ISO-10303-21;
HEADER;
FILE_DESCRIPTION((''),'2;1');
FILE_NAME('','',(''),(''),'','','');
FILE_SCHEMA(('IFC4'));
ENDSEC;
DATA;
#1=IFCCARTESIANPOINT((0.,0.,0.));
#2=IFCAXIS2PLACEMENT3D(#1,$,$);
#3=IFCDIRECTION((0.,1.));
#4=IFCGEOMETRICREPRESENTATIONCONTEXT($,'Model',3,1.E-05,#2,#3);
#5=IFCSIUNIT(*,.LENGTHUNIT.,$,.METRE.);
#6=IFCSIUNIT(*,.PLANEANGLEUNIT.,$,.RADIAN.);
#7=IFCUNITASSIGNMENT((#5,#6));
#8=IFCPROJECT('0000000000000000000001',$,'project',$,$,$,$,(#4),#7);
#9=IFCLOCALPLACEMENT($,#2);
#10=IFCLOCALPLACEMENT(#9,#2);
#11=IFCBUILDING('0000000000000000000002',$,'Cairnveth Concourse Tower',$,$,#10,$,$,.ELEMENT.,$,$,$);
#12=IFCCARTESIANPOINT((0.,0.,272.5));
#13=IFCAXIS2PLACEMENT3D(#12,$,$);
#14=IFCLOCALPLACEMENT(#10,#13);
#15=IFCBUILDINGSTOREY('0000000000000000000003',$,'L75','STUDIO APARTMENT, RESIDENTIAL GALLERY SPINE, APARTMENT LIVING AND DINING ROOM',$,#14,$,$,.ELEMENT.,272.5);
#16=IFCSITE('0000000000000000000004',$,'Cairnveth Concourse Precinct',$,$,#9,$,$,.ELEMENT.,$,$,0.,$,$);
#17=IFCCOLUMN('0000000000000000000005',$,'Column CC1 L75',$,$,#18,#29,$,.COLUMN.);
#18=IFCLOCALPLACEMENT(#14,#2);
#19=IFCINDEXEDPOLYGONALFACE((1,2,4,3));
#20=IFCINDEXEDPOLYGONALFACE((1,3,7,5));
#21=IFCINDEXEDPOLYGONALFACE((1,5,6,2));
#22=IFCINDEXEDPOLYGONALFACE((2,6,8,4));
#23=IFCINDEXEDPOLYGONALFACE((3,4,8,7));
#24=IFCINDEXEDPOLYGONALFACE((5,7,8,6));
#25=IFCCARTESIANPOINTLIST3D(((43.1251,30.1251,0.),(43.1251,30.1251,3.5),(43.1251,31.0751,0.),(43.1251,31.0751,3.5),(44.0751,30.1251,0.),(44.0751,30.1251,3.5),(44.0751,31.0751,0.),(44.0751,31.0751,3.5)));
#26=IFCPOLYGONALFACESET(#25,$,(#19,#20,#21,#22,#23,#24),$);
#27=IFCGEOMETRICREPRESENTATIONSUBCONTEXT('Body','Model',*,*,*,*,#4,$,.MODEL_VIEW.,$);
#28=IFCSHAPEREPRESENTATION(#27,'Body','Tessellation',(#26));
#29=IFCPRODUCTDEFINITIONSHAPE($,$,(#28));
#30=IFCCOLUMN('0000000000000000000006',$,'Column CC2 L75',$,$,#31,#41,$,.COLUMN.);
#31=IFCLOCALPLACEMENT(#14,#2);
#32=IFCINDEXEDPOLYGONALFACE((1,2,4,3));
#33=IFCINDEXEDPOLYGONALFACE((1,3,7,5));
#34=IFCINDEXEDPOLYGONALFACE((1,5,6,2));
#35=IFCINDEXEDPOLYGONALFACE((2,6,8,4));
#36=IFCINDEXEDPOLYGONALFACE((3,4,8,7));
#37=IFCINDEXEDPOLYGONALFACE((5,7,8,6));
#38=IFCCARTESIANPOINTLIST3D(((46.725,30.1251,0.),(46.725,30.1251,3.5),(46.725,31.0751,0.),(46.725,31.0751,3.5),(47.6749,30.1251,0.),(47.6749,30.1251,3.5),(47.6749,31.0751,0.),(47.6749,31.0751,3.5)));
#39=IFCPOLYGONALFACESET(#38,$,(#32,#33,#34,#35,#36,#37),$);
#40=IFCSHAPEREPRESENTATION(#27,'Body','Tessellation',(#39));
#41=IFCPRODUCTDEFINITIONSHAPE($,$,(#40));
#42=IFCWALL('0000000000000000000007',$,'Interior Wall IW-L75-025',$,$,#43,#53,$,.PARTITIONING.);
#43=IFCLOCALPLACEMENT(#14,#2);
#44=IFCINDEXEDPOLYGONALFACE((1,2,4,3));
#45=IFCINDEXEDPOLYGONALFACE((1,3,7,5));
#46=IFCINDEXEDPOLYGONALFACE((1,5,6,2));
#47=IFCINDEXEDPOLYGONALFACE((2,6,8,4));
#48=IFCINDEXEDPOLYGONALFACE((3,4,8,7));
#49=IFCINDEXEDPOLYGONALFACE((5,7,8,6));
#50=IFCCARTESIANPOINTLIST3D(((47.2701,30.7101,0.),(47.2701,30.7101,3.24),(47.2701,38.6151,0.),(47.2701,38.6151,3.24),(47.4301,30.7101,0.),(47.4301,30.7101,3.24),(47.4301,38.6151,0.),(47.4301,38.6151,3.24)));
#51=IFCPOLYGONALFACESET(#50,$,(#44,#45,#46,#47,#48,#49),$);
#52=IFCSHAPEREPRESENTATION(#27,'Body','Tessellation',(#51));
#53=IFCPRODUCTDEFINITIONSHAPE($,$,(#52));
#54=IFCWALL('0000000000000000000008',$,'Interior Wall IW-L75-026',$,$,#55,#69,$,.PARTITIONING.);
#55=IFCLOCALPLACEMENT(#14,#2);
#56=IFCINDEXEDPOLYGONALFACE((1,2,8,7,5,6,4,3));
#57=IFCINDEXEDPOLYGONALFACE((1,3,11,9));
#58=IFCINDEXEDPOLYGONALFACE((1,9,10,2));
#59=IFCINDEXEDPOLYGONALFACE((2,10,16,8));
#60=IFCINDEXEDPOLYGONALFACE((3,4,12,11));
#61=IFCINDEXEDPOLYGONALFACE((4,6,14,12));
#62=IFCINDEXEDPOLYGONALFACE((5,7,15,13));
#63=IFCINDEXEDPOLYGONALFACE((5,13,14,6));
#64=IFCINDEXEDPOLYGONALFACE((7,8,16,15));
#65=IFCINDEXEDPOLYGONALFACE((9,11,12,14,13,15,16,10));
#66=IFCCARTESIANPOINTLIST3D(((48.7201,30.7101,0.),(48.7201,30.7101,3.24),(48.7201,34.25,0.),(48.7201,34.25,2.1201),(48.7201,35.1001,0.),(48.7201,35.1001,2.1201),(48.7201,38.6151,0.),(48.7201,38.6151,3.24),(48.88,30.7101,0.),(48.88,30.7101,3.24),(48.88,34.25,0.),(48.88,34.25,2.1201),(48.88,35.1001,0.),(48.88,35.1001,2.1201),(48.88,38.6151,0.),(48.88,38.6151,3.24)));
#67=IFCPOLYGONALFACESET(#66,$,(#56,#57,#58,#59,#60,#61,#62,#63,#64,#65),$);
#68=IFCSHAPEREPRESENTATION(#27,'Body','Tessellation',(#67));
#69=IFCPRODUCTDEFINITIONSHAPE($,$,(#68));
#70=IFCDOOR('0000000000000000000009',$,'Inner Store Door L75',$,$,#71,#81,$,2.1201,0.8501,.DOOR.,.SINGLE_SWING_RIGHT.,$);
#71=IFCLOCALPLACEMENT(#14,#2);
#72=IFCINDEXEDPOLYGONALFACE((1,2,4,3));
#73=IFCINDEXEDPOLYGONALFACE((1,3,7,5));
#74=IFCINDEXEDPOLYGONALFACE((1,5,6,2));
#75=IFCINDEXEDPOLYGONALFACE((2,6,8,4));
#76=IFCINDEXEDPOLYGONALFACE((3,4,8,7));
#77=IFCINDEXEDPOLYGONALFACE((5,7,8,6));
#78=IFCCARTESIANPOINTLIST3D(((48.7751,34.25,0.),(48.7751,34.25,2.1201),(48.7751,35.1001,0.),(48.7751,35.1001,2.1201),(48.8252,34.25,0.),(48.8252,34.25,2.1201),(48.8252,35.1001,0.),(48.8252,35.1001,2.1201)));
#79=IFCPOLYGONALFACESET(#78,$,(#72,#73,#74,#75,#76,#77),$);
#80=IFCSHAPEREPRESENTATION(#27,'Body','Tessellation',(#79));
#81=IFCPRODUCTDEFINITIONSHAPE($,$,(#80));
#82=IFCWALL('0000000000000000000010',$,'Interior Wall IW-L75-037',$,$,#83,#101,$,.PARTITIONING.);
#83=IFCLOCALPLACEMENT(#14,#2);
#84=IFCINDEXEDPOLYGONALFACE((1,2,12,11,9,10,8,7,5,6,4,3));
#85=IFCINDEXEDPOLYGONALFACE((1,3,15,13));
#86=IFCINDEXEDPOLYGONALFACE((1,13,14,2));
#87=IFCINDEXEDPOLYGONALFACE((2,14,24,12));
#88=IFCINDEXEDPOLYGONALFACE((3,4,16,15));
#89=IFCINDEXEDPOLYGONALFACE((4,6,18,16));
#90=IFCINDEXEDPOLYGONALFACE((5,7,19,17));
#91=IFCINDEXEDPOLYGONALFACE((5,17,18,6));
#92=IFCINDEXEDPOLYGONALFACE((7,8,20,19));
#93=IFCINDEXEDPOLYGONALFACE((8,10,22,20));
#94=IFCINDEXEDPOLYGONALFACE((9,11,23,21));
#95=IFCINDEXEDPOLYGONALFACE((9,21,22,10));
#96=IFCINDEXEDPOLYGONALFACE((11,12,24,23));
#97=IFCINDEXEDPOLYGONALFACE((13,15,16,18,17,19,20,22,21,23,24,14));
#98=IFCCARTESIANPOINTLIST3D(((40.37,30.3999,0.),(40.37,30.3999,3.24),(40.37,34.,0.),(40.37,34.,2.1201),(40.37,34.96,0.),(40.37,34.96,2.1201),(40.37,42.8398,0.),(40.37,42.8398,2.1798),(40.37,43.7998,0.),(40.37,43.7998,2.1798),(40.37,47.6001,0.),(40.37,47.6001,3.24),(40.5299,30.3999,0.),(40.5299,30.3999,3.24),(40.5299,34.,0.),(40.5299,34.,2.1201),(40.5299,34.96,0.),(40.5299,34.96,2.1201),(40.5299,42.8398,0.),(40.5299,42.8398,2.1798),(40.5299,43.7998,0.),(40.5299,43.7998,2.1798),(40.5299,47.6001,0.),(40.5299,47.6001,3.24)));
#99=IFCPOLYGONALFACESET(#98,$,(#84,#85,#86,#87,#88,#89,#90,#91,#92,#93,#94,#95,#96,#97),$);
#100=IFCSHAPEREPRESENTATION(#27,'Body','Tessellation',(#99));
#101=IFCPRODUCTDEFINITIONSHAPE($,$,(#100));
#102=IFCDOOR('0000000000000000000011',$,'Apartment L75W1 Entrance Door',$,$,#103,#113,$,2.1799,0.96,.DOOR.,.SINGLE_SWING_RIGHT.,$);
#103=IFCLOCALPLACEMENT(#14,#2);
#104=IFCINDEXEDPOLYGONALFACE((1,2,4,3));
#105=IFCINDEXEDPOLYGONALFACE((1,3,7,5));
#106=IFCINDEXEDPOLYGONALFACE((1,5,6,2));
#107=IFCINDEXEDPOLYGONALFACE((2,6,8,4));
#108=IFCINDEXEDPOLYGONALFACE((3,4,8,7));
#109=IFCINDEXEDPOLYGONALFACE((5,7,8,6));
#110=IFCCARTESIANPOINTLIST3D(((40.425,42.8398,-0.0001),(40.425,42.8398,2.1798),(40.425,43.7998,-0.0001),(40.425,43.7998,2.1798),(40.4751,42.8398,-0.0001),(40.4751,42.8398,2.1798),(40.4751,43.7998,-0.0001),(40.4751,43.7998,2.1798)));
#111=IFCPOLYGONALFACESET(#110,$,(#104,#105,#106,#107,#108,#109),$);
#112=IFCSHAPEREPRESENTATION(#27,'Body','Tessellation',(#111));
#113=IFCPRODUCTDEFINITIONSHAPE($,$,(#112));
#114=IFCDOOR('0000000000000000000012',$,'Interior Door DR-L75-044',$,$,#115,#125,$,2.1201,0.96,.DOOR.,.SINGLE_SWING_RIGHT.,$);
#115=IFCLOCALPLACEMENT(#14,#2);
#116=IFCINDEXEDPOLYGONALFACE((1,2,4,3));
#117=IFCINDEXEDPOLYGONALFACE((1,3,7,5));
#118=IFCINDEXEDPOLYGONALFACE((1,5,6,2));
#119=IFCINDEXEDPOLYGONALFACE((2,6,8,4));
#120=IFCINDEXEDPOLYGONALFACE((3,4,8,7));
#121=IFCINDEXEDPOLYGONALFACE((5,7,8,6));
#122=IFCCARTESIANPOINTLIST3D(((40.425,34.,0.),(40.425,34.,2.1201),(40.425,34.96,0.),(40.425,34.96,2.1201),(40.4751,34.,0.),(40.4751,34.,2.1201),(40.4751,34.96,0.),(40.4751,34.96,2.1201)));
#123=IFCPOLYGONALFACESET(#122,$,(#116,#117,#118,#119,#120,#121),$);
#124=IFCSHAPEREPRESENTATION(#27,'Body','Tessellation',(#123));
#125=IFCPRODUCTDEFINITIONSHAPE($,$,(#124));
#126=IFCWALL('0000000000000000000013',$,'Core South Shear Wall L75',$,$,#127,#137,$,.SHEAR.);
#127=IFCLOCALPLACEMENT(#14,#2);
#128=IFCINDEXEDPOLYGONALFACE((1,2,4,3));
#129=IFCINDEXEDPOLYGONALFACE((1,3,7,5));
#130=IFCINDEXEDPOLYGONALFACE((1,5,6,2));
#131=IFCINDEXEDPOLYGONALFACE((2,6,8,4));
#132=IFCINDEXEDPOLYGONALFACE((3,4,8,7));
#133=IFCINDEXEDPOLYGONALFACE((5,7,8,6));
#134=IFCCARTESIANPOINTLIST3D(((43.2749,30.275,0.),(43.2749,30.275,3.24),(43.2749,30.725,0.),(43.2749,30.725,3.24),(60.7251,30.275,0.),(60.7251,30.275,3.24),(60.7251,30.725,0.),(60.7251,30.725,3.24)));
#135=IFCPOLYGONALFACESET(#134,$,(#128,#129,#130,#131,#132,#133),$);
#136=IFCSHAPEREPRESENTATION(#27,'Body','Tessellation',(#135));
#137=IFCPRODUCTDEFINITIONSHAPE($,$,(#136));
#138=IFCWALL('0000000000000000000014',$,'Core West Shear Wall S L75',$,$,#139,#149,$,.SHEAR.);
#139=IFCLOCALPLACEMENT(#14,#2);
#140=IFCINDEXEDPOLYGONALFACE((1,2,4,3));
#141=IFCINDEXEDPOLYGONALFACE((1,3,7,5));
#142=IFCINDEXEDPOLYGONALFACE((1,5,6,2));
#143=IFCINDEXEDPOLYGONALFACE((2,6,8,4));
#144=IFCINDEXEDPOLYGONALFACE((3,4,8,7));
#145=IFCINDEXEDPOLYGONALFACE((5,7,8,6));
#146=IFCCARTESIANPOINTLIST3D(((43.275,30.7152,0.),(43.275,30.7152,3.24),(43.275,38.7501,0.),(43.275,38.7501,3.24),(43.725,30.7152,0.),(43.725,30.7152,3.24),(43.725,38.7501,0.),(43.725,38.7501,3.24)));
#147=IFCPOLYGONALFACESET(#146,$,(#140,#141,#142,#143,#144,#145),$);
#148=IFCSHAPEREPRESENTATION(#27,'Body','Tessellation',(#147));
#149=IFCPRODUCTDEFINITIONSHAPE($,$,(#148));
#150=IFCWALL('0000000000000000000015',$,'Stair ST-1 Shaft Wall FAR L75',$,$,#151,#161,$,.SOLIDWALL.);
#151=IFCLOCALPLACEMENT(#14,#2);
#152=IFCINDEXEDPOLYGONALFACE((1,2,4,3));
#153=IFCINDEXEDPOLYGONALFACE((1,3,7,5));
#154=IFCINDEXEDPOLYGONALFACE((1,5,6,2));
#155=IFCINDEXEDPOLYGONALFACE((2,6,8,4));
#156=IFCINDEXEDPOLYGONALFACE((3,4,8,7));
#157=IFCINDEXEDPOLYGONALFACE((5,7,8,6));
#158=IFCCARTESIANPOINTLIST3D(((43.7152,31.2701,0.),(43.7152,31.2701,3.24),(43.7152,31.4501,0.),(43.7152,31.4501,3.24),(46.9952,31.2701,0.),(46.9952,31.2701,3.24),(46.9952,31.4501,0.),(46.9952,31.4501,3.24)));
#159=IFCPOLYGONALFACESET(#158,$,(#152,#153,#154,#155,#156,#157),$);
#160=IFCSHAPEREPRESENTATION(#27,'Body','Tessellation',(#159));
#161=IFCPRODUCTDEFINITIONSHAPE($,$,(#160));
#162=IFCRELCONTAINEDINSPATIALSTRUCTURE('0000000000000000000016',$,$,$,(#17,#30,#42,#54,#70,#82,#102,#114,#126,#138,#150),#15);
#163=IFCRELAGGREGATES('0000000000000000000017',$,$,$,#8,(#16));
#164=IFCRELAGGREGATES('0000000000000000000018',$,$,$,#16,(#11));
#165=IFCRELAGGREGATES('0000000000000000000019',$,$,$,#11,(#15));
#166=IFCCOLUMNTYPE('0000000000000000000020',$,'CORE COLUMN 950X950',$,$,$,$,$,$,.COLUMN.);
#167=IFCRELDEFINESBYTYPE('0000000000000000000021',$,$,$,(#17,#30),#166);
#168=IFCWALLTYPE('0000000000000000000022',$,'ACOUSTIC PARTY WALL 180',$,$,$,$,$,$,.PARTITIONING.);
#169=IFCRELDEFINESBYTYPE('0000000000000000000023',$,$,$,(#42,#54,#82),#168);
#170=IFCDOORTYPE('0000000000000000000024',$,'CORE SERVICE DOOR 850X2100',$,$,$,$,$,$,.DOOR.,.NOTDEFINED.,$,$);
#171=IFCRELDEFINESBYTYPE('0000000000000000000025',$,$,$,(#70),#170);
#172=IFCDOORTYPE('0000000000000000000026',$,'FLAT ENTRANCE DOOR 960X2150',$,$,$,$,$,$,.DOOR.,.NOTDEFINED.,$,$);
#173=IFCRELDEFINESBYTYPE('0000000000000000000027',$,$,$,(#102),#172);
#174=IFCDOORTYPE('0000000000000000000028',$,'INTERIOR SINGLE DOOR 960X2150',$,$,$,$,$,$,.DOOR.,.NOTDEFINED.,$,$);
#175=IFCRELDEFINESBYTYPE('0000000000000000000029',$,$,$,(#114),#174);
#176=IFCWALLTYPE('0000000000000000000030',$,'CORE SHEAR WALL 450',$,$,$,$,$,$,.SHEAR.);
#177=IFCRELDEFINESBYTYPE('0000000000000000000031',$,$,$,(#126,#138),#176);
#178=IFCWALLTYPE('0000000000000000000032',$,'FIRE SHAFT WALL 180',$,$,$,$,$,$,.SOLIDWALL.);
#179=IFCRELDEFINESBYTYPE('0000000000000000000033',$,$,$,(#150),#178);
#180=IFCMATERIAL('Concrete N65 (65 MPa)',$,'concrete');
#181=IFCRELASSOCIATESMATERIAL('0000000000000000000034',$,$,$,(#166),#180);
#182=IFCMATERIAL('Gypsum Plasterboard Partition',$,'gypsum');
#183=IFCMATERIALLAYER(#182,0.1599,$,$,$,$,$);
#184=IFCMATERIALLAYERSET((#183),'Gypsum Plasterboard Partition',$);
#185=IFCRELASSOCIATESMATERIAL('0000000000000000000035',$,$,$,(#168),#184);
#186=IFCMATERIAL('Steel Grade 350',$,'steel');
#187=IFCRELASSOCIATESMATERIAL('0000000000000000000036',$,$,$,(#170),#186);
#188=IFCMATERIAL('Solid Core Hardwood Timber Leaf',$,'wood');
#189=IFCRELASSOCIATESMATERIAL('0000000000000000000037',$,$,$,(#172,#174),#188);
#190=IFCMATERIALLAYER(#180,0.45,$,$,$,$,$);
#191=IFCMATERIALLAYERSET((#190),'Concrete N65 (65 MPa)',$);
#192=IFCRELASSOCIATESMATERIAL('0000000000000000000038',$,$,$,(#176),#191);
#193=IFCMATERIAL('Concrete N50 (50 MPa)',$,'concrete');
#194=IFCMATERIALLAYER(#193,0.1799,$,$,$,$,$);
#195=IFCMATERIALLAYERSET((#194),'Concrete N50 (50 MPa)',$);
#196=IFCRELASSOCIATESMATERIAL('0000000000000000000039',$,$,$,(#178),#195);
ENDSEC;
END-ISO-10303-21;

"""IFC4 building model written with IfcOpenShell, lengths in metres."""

from ifc_helpers import new_model, si_unit, direction, frame, frame_2d, origin, origin_2d, place, context, subcontext, project, spatial, rectangle, extrude, material, layer, layer_set, material_profile, profile_set, type_object, element, fill, save


model = new_model("IFC4")

# Units and contexts
model_context = context("Model", 3, precision=1e-05, world=origin(), true_north=direction((0.0, 1.0)))
body_context = subcontext(model_context, "Body", "Model", "MODEL_VIEW")
ifc_project = project(units=[si_unit("LENGTHUNIT", "METRE"), si_unit("PLANEANGLEUNIT", "RADIAN")], contexts=[model_context])

# Site, building, storey
site_placement = place(None, origin())
site = spatial("IfcSite", under=ifc_project, at=site_placement, Name="Cairnveth Concourse Precinct", CompositionType="ELEMENT", RefElevation=0.0)
building_placement = place(site_placement, origin())
building = spatial("IfcBuilding", under=site, at=building_placement, Name="Cairnveth Concourse Tower", CompositionType="ELEMENT")
storey_placement = place(building_placement, frame((0.0, 0.0, 272.5)))
storey = spatial("IfcBuildingStorey", under=building, at=storey_placement, Name="L75", Description="STUDIO APARTMENT, RESIDENTIAL GALLERY SPINE, APARTMENT LIVING AND DINING ROOM", CompositionType="ELEMENT", Elevation=272.5)

# Columns
ifc_material_1 = material(Name="Concrete N65 (65 MPa)", Category="concrete")
ifc_material_profile = material_profile(ifc_material_1, rectangle(XDim=0.95, YDim=0.95, at=origin_2d()), Name="RC-COL-950x950")
ifc_profile_set = profile_set([ifc_material_profile], Name="Concrete N65 (65 MPa)")
column_type = type_object("IfcColumnType", Name="CORE COLUMN 950X950", PredefinedType="COLUMN", material=ifc_profile_set)
for number, where, z_axis, x_axis, name in (
    (1, (43.6001, 30.6001, 0.0), (0.0, 0.0, 1.0), (1.0, 0.0, 0.0), "Column CC1 L75"),
    (2, (47.2, 30.6001, 0.0), (0.0, 0.0, 1.0), (1.0, 0.0, 0.0), "Column CC2 L75"),
):
    element("IfcColumn", number, at=place(storey_placement, frame(where, z_axis=z_axis, x_axis=x_axis)), inside=storey, type_object=column_type, Name=name, PredefinedType="COLUMN", context=body_context, shape_type="SweptSolid", body=[
        extrude(rectangle(XDim=0.95, YDim=0.95, at=origin_2d()), origin(), (0.0, 0.0, 1.0), 3.5),
    ])

# Wall
ifc_material_2 = material(Name="Gypsum Plasterboard Partition", Category="gypsum")
ifc_layer_1 = layer(ifc_material_2, 0.1599)
ifc_layer_set_1 = layer_set([ifc_layer_1], Name="Gypsum Plasterboard Partition")
wall_type_1 = type_object("IfcWallType", Name="ACOUSTIC PARTY WALL 180", PredefinedType="PARTITIONING", material=ifc_layer_set_1)
wall_1_placement = place(storey_placement, frame((47.3501, 30.71, 0.0), z_axis=(0.0, 0.0, 1.0), x_axis=(0.0, 1.0, 0.0)))
element("IfcWall", 3, at=wall_1_placement, inside=storey, type_object=wall_type_1, Name="Interior Wall IW-L75-025", PredefinedType="PARTITIONING", context=body_context, shape_type="SweptSolid", body=[
    extrude(rectangle(XDim=7.905, YDim=0.1599, at=frame_2d((3.9526, 0.0))), origin(), (0.0, 0.0, 1.0), 3.24),
])

# Wall, opening, door
wall_2_placement = place(storey_placement, frame((48.8, 30.71, 0.0), z_axis=(0.0, 0.0, 1.0), x_axis=(0.0, 1.0, 0.0)))
wall_2 = element("IfcWall", 4, at=wall_2_placement, inside=storey, type_object=wall_type_1, Name="Interior Wall IW-L75-026", PredefinedType="PARTITIONING", context=body_context, shape_type="SweptSolid", body=[
    extrude(rectangle(XDim=7.905, YDim=0.1599, at=frame_2d((3.9526, 0.0))), origin(), (0.0, 0.0, 1.0), 3.24),
])
opening_1_placement = place(wall_2_placement, frame((3.54, 0.0, 0.0)))
opening_1 = element("IfcOpeningElement", 5, at=opening_1_placement, cuts=wall_2, PredefinedType="OPENING", context=body_context, shape_type="SweptSolid", body=[
    extrude(rectangle(XDim=0.8501, YDim=2.1201, at=frame_2d((0.425, 1.0601))), frame((0.0, 0.0898, 0.0), z_axis=(0.0, -1.0, 0.0), x_axis=(1.0, 0.0, 0.0)), (0.0, 0.0, 1.0), 0.1799),
])
ifc_material_3 = material(Name="Steel Grade 350", Category="steel")
door_type_1 = type_object("IfcDoorType", Name="CORE SERVICE DOOR 850X2100", OperationType="NOTDEFINED", PredefinedType="DOOR", material=ifc_material_3)
door_1_placement = place(opening_1_placement, origin())
door_1 = element("IfcDoor", 6, at=door_1_placement, inside=storey, type_object=door_type_1, Name="Inner Store Door L75", OperationType="SINGLE_SWING_RIGHT", OverallHeight=2.1201, OverallWidth=0.8501, PredefinedType="DOOR", context=body_context, shape_type="SweptSolid", body=[
    extrude(rectangle(XDim=0.8501, YDim=2.1201, at=frame_2d((0.425, 1.0601))), frame((0.0, 0.0249, 0.0), z_axis=(0.0, -1.0, 0.0), x_axis=(1.0, 0.0, 0.0)), (0.0, 0.0, 1.0), 0.05),
])
fill(opening_1, door_1)

# Wall, openings, doors
wall_3_placement = place(storey_placement, frame((40.45, 30.3999, 0.0), z_axis=(0.0, 0.0, 1.0), x_axis=(0.0, 1.0, 0.0)))
wall_3 = element("IfcWall", 7, at=wall_3_placement, inside=storey, type_object=wall_type_1, Name="Interior Wall IW-L75-037", PredefinedType="PARTITIONING", context=body_context, shape_type="SweptSolid", body=[
    extrude(rectangle(XDim=17.2002, YDim=0.1599, at=frame_2d((8.6001, 0.0))), origin(), (0.0, 0.0, 1.0), 3.24),
])
opening_2_placement = place(wall_3_placement, frame((3.6001, 0.0, 0.0)))
opening_2 = element("IfcOpeningElement", 8, at=opening_2_placement, cuts=wall_3, PredefinedType="OPENING", context=body_context, shape_type="SweptSolid", body=[
    extrude(rectangle(XDim=0.96, YDim=2.1201, at=frame_2d((0.48, 1.0601))), frame((0.0, 0.0898, 0.0), z_axis=(0.0, -1.0, 0.0), x_axis=(1.0, 0.0, 0.0)), (0.0, 0.0, 1.0), 0.1799),
])
opening_3_placement = place(wall_3_placement, frame((12.4399, 0.0, 0.0)))
opening_3 = element("IfcOpeningElement", 9, at=opening_3_placement, cuts=wall_3, PredefinedType="OPENING", context=body_context, shape_type="SweptSolid", body=[
    extrude(rectangle(XDim=0.96, YDim=2.1799, at=frame_2d((0.48, 1.0898))), frame((0.0, 0.0898, 0.0), z_axis=(0.0, -1.0, 0.0), x_axis=(1.0, 0.0, 0.0)), (0.0, 0.0, 1.0), 0.1799),
])
ifc_material_4 = material(Name="Solid Core Hardwood Timber Leaf", Category="wood")
door_type_2 = type_object("IfcDoorType", Name="FLAT ENTRANCE DOOR 960X2150", OperationType="NOTDEFINED", PredefinedType="DOOR", material=ifc_material_4)
door_2_placement = place(opening_3_placement, origin())
door_2 = element("IfcDoor", 10, at=door_2_placement, inside=storey, type_object=door_type_2, Name="Apartment L75W1 Entrance Door", OperationType="SINGLE_SWING_RIGHT", OverallHeight=2.1799, OverallWidth=0.96, PredefinedType="DOOR", context=body_context, shape_type="SweptSolid", body=[
    extrude(rectangle(XDim=0.96, YDim=2.1799, at=frame_2d((0.48, 1.0898))), frame((0.0, 0.0249, 0.0), z_axis=(0.0, -1.0, 0.0), x_axis=(1.0, 0.0, 0.0)), (0.0, 0.0, 1.0), 0.05),
])
fill(opening_3, door_2)
door_type_3 = type_object("IfcDoorType", Name="INTERIOR SINGLE DOOR 960X2150", OperationType="NOTDEFINED", PredefinedType="DOOR", material=ifc_material_4)
door_3_placement = place(opening_2_placement, origin())
door_3 = element("IfcDoor", 11, at=door_3_placement, inside=storey, type_object=door_type_3, Name="Interior Door DR-L75-044", OperationType="SINGLE_SWING_RIGHT", OverallHeight=2.1201, OverallWidth=0.96, PredefinedType="DOOR", context=body_context, shape_type="SweptSolid", body=[
    extrude(rectangle(XDim=0.96, YDim=2.1201, at=frame_2d((0.48, 1.0601))), frame((0.0, 0.0249, 0.0), z_axis=(0.0, -1.0, 0.0), x_axis=(1.0, 0.0, 0.0)), (0.0, 0.0, 1.0), 0.05),
])
fill(opening_2, door_3)

# Walls
ifc_layer_2 = layer(ifc_material_1, 0.45)
ifc_layer_set_2 = layer_set([ifc_layer_2], Name="Concrete N65 (65 MPa)")
wall_type_2 = type_object("IfcWallType", Name="CORE SHEAR WALL 450", PredefinedType="SHEAR", material=ifc_layer_set_2)
wall_4_placement = place(storey_placement, frame((43.2749, 30.5, 0.0), z_axis=(0.0, 0.0, 1.0), x_axis=(1.0, 0.0, 0.0)))
element("IfcWall", 12, at=wall_4_placement, inside=storey, type_object=wall_type_2, Name="Core South Shear Wall L75", PredefinedType="SHEAR", context=body_context, shape_type="SweptSolid", body=[
    extrude(rectangle(XDim=17.4502, YDim=0.45, at=frame_2d((8.7251, 0.0))), origin(), (0.0, 0.0, 1.0), 3.24),
])
wall_5_placement = place(storey_placement, frame((43.5, 30.7151, 0.0), z_axis=(0.0, 0.0, 1.0), x_axis=(0.0, 1.0, 0.0)))
element("IfcWall", 13, at=wall_5_placement, inside=storey, type_object=wall_type_2, Name="Core West Shear Wall S L75", PredefinedType="SHEAR", context=body_context, shape_type="SweptSolid", body=[
    extrude(rectangle(XDim=8.0349, YDim=0.45, at=frame_2d((4.0176, 0.0))), origin(), (0.0, 0.0, 1.0), 3.24),
])
ifc_material_5 = material(Name="Concrete N50 (50 MPa)", Category="concrete")
ifc_layer_3 = layer(ifc_material_5, 0.1799)
ifc_layer_set_3 = layer_set([ifc_layer_3], Name="Concrete N50 (50 MPa)")
wall_type_3 = type_object("IfcWallType", Name="FIRE SHAFT WALL 180", PredefinedType="SOLIDWALL", material=ifc_layer_set_3)
wall_6_placement = place(storey_placement, frame((43.7151, 31.3601, 0.0), z_axis=(0.0, 0.0, 1.0), x_axis=(1.0, 0.0, 0.0)))
element("IfcWall", 14, at=wall_6_placement, inside=storey, type_object=wall_type_3, Name="Stair ST-1 Shaft Wall FAR L75", PredefinedType="SOLIDWALL", context=body_context, shape_type="SweptSolid", body=[
    extrude(rectangle(XDim=3.28, YDim=0.1799, at=frame_2d((1.6401, 0.0))), origin(), (0.0, 0.0, 1.0), 3.24),
])

save(model, "model.ifc")
